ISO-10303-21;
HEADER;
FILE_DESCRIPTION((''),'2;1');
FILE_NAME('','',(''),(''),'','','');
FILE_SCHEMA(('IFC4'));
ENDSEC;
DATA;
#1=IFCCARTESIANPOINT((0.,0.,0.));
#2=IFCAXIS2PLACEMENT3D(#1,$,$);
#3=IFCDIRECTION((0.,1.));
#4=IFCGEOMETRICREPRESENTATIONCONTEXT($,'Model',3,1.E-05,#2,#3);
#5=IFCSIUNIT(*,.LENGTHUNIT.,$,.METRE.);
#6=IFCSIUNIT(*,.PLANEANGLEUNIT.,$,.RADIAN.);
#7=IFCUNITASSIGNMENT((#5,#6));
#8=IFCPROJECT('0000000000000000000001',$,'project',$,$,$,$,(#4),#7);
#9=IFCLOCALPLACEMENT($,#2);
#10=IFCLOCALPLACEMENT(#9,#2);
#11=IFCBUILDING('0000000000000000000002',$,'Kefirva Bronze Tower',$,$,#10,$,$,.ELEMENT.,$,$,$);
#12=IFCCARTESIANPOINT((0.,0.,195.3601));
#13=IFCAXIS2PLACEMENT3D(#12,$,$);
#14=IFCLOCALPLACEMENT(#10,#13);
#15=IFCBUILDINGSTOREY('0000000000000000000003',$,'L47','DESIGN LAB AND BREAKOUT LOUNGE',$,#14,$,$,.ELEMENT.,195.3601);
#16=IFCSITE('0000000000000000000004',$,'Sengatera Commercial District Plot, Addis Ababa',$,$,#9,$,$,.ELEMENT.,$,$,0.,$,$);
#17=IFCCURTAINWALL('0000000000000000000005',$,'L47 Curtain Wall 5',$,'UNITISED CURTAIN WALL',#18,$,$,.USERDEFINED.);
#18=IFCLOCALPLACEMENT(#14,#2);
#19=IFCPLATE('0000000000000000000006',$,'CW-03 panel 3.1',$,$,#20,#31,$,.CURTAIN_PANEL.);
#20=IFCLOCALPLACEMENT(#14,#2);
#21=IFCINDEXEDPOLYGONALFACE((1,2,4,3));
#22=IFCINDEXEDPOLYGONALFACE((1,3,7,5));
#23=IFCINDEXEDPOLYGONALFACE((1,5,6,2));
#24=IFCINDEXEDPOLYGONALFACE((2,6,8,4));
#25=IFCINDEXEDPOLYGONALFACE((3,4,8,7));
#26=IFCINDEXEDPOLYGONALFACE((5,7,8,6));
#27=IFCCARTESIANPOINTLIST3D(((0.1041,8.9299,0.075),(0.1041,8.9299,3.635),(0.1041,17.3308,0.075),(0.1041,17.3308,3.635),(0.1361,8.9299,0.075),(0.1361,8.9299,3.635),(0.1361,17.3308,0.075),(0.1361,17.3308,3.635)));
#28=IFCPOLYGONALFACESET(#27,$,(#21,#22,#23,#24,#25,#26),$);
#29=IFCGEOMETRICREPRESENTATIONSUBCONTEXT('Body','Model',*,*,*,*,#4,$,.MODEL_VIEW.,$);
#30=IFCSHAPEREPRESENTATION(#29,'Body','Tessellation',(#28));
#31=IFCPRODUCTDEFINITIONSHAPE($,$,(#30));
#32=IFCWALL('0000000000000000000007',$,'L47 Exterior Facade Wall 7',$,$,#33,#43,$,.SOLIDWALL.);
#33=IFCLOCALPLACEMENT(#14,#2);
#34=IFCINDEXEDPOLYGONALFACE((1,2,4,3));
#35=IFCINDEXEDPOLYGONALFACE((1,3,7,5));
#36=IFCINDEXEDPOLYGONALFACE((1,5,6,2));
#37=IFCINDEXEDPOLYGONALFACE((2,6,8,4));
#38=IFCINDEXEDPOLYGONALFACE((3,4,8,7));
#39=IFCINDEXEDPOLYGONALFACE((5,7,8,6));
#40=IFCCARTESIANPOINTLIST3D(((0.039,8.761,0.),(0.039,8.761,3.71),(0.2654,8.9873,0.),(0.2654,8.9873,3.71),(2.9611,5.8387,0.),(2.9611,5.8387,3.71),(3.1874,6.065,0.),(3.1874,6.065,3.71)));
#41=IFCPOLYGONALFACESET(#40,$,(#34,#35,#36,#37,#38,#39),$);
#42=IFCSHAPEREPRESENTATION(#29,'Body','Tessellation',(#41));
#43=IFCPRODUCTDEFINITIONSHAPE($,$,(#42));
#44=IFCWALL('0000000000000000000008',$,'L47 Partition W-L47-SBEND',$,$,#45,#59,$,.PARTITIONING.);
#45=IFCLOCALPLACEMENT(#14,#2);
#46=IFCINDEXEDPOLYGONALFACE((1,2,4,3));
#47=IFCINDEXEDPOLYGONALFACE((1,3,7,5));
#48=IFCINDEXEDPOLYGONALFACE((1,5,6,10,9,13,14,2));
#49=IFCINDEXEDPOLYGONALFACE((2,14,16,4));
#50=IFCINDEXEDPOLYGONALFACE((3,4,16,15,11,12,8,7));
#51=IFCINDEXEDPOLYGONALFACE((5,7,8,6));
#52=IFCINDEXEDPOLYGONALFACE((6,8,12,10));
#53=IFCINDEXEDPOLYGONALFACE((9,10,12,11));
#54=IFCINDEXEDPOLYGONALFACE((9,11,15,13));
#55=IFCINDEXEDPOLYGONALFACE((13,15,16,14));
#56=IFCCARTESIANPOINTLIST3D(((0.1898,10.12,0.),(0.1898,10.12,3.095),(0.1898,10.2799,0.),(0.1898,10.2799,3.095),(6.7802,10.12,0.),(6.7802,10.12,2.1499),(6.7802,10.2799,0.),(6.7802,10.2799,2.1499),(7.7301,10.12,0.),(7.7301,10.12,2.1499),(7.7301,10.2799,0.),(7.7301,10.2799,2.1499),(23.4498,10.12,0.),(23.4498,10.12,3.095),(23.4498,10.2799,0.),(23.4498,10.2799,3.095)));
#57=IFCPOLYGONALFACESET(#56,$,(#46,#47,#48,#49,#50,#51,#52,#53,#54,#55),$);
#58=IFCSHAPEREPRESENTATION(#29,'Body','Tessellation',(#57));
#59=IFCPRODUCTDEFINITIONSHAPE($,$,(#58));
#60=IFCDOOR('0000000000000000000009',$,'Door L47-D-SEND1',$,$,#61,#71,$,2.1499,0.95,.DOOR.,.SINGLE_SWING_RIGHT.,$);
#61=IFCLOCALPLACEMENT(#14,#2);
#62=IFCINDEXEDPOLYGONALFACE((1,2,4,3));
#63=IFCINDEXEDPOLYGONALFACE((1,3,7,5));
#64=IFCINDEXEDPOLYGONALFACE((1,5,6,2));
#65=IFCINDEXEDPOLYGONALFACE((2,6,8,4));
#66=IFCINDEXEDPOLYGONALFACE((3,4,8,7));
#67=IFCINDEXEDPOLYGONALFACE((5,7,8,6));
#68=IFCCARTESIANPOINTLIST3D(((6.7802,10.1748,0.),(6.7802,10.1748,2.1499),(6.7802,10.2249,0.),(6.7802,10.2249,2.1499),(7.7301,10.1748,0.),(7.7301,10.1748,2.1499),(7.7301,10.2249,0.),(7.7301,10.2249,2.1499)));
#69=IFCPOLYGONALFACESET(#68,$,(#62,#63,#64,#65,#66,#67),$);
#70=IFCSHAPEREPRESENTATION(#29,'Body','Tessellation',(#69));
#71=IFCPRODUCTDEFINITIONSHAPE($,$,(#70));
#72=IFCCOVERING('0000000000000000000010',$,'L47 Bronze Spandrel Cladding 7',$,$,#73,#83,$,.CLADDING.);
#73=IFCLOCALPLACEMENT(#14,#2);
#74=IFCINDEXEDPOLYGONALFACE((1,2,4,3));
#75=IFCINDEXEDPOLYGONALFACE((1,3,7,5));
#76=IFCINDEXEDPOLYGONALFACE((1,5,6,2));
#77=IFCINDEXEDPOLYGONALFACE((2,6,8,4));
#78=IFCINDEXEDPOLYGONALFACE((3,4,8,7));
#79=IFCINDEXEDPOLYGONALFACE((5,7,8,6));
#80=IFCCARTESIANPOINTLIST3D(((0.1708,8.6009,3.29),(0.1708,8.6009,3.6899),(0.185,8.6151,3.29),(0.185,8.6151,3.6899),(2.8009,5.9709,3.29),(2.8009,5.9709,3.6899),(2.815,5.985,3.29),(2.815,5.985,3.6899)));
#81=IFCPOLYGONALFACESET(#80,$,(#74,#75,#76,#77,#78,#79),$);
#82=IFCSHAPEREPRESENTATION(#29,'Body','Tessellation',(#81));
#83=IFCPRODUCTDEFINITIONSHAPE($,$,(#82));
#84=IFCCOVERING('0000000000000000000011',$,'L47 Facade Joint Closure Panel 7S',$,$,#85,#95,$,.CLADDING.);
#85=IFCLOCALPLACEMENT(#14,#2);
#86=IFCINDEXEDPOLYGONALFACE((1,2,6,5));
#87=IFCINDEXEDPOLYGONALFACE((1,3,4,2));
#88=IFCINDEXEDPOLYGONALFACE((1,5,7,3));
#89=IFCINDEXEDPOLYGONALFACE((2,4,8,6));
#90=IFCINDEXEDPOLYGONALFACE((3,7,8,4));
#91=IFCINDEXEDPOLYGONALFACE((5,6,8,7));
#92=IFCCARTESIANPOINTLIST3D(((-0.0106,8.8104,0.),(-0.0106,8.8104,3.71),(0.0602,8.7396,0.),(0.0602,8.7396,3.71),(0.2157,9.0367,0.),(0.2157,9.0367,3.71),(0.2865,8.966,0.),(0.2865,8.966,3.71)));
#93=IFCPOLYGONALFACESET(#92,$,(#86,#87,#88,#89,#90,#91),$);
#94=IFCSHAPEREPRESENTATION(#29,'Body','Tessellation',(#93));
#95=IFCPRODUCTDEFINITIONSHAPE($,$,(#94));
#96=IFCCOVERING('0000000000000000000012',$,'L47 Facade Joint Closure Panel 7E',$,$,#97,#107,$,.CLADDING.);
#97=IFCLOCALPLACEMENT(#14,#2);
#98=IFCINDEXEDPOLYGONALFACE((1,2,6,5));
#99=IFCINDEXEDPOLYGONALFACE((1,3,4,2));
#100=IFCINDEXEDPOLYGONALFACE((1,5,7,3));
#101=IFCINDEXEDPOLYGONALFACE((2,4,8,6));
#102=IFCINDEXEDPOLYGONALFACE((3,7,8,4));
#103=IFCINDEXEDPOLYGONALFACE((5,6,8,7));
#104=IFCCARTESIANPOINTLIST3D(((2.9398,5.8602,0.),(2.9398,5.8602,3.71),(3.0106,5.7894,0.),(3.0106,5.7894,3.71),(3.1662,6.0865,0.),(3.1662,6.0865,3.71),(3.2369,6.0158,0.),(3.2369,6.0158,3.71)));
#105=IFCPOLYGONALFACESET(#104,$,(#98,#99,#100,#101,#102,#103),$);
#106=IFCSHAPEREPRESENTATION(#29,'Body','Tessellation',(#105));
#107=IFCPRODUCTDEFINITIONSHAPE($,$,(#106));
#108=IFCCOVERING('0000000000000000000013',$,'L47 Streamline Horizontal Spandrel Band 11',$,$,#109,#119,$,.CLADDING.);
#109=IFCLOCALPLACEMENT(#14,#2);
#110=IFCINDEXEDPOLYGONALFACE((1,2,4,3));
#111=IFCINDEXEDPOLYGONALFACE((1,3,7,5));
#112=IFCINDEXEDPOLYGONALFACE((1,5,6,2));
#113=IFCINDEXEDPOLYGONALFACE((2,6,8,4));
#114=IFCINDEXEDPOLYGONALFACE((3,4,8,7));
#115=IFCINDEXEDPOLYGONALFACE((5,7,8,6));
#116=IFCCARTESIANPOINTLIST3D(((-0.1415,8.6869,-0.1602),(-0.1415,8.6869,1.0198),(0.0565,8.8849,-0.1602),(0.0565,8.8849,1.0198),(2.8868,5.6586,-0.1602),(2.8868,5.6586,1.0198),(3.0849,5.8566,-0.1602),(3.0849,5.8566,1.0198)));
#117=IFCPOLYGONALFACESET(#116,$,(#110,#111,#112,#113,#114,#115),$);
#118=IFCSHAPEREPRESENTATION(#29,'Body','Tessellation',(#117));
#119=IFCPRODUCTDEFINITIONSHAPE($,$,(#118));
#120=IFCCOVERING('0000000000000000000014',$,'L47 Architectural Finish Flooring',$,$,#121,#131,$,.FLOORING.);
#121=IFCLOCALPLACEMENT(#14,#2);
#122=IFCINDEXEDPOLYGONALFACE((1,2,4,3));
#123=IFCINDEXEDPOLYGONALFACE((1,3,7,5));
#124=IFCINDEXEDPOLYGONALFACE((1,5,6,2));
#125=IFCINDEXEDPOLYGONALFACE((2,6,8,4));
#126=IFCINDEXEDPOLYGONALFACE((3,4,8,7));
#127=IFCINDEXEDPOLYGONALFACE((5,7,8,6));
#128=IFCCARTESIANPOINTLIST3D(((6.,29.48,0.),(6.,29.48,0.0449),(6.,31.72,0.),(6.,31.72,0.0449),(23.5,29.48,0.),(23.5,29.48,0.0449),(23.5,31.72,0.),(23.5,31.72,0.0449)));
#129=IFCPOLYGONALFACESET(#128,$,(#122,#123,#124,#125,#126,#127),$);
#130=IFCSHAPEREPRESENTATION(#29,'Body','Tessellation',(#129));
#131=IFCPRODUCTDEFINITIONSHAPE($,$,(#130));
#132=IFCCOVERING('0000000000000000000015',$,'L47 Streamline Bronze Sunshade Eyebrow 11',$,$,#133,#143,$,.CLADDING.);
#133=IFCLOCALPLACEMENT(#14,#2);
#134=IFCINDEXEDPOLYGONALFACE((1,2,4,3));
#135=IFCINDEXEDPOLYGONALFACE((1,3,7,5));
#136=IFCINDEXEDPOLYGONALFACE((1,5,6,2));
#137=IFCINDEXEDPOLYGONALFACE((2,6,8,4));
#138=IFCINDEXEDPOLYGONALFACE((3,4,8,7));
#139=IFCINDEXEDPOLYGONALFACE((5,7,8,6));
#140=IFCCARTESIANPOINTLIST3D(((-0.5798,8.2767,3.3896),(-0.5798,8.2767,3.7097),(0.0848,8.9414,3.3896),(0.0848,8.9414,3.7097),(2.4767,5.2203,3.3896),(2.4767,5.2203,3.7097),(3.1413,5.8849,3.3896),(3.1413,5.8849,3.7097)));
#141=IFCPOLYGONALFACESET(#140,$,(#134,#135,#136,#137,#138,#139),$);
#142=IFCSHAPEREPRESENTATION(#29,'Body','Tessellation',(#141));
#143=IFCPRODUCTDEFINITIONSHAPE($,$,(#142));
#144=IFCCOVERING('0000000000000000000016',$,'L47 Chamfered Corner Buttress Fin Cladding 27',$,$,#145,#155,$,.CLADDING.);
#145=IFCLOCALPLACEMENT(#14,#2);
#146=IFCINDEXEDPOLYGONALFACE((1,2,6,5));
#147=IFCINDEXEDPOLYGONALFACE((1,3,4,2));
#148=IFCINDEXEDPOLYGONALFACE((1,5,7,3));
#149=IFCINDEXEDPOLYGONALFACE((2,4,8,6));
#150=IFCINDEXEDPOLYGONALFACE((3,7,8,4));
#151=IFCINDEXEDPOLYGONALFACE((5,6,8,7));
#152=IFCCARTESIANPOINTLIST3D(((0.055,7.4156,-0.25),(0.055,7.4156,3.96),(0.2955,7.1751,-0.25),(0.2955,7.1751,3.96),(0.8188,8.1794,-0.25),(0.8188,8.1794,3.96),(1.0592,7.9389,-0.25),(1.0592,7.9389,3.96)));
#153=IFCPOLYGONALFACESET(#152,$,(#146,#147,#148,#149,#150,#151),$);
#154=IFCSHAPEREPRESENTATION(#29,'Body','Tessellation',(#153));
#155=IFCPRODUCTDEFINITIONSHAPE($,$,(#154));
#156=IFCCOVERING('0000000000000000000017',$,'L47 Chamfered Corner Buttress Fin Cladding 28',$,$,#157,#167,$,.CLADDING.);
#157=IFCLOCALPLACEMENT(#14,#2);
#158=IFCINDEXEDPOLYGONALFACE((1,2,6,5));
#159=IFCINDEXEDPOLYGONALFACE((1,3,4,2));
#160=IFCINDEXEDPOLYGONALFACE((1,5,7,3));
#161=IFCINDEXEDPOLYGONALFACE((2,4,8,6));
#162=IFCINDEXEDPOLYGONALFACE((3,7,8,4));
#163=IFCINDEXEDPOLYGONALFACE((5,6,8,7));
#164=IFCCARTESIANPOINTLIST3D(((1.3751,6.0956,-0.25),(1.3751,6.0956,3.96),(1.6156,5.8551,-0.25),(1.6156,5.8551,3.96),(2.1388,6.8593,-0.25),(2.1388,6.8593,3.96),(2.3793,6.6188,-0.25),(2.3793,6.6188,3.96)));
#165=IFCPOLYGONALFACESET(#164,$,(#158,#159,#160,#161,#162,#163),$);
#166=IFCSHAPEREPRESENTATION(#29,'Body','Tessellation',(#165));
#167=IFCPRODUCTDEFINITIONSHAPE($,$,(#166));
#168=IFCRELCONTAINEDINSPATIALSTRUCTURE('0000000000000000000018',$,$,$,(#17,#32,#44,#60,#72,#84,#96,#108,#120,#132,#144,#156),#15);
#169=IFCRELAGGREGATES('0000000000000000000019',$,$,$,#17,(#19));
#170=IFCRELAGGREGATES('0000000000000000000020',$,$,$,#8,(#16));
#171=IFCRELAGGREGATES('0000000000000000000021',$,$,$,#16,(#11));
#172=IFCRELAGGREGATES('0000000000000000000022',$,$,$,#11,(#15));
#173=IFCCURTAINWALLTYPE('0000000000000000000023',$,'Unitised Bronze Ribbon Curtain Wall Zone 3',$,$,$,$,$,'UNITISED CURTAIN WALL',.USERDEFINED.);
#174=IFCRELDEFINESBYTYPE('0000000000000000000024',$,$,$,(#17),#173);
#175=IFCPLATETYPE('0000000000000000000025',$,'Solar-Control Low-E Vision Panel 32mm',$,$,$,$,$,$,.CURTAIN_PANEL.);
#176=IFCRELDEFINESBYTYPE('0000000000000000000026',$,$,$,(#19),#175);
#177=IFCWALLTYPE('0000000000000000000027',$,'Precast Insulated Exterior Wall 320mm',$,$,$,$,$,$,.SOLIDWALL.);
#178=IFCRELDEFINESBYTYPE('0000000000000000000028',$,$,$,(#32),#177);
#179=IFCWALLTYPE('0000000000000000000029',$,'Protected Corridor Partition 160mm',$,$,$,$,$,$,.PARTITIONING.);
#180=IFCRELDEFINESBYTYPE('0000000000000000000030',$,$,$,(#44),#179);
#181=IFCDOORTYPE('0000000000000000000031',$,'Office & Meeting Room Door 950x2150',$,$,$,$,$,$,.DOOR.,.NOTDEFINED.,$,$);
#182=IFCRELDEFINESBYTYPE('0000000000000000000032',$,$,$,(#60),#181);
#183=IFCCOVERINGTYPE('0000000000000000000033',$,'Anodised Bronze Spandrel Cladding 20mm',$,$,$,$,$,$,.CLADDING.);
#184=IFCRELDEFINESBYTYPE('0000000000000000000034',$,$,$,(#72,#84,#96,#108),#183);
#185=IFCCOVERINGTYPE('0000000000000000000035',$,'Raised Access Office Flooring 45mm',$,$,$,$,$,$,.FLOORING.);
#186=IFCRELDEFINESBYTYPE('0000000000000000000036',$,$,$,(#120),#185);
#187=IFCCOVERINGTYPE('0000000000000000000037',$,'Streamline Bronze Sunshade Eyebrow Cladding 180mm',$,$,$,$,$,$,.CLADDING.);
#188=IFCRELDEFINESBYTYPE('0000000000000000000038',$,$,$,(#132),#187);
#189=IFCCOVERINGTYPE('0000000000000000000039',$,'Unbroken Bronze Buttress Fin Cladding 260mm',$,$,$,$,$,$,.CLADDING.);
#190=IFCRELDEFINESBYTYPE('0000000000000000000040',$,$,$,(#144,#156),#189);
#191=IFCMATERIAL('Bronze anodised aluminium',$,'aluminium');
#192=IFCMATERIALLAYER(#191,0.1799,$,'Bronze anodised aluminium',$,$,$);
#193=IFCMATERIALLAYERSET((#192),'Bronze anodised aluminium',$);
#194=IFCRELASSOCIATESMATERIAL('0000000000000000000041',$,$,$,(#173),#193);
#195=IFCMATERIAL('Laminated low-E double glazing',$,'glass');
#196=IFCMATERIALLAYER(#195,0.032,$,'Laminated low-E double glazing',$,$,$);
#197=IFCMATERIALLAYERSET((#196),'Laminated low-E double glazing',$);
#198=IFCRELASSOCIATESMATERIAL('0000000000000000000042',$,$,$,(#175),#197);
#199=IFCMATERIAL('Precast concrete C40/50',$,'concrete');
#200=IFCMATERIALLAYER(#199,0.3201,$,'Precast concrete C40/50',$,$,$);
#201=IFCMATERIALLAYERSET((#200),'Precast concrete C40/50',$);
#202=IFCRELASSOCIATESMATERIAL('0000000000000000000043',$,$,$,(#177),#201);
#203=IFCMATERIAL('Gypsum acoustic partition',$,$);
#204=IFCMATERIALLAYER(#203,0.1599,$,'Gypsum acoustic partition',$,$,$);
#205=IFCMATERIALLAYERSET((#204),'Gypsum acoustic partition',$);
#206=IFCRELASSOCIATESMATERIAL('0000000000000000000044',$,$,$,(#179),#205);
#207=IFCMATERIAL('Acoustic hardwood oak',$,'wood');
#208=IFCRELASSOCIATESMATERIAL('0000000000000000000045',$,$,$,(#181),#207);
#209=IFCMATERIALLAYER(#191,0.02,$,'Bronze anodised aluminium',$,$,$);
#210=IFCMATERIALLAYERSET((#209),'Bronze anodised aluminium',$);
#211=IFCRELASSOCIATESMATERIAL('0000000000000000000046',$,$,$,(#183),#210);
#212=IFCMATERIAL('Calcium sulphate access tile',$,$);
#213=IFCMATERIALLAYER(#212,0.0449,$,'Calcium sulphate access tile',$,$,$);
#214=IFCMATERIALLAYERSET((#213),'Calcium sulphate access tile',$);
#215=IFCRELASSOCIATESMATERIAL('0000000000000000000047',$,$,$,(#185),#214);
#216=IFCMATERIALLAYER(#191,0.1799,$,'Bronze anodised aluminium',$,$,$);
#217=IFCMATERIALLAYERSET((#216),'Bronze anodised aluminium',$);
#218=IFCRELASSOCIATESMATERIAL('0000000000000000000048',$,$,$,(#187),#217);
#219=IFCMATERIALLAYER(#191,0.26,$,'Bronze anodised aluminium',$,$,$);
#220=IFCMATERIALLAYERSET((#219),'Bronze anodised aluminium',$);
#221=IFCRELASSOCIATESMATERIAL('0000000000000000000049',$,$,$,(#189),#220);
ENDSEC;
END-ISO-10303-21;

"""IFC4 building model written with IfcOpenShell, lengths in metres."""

from ifc_helpers import new_model, si_unit, direction, frame, frame_2d, origin, origin_2d, place, context, subcontext, project, spatial, polyline, rectangle, outline, extrude, material, layer, layer_set, type_object, element, fill, aggregate, save


model = new_model("IFC4")

# Units and contexts
model_context = context("Model", 3, precision=1e-05, world=origin(), true_north=direction((0.0, 1.0)))
body_context = subcontext(model_context, "Body", "Model", "MODEL_VIEW")
ifc_project = project(units=[si_unit("LENGTHUNIT", "METRE"), si_unit("PLANEANGLEUNIT", "RADIAN")], contexts=[model_context])

# Site, building, storey
site_placement = place(None, origin())
site = spatial("IfcSite", under=ifc_project, at=site_placement, Name="Sengatera Commercial District Plot, Addis Ababa", CompositionType="ELEMENT", RefElevation=0.0)
building_placement = place(site_placement, origin())
building = spatial("IfcBuilding", under=site, at=building_placement, Name="Kefirva Bronze Tower", CompositionType="ELEMENT")
storey_placement = place(building_placement, frame((0.0, 0.0, 195.3601)))
storey = spatial("IfcBuildingStorey", under=building, at=storey_placement, Name="L47", Description="DESIGN LAB AND BREAKOUT LOUNGE", CompositionType="ELEMENT", Elevation=195.3601)

# Curtain wall
ifc_material_1 = material(Name="Bronze anodised aluminium", Category="aluminium")
ifc_layer_1 = layer(ifc_material_1, 0.1799, Name="Bronze anodised aluminium")
ifc_layer_set_1 = layer_set([ifc_layer_1], Name="Bronze anodised aluminium")
curtain_wall_type = type_object("IfcCurtainWallType", Name="Unitised Bronze Ribbon Curtain Wall Zone 3", ElementType="UNITISED CURTAIN WALL", PredefinedType="USERDEFINED", material=ifc_layer_set_1)
curtain_wall_1_placement = place(storey_placement, origin())
curtain_wall_1 = element("IfcCurtainWall", 1, at=curtain_wall_1_placement, inside=storey, type_object=curtain_wall_type, Name="L47 Curtain Wall 5", ObjectType="UNITISED CURTAIN WALL", PredefinedType="USERDEFINED")

# Plate
ifc_material_2 = material(Name="Laminated low-E double glazing", Category="glass")
ifc_layer_2 = layer(ifc_material_2, 0.032, Name="Laminated low-E double glazing")
ifc_layer_set_2 = layer_set([ifc_layer_2], Name="Laminated low-E double glazing")
plate_type = type_object("IfcPlateType", Name="Solar-Control Low-E Vision Panel 32mm", PredefinedType="CURTAIN_PANEL", material=ifc_layer_set_2)
plate_placement = place(storey_placement, frame((0.1201, 13.1304, 0.075), z_axis=(0.0, 0.0, 1.0), x_axis=(0.0, -1.0, 0.0)))
plate = element("IfcPlate", 2, at=plate_placement, type_object=plate_type, Name="CW-03 panel 3.1", PredefinedType="CURTAIN_PANEL", context=body_context, shape_type="SweptSolid", body=[
    extrude(rectangle(XDim=8.4009, YDim=0.032, at=origin_2d()), origin(), (0.0, 0.0, 1.0), 3.5601),
])
aggregate(curtain_wall_1, [plate])

# Wall
ifc_material_3 = material(Name="Precast concrete C40/50", Category="concrete")
ifc_layer_3 = layer(ifc_material_3, 0.3201, Name="Precast concrete C40/50")
ifc_layer_set_3 = layer_set([ifc_layer_3], Name="Precast concrete C40/50")
wall_type_1 = type_object("IfcWallType", Name="Precast Insulated Exterior Wall 320mm", PredefinedType="SOLIDWALL", material=ifc_layer_set_3)
wall_1_placement = place(storey_placement, frame((0.1521, 8.8743, 0.0), z_axis=(0.0, 0.0, 1.0), x_axis=(0.707077, -0.707136, 0.0)))
element("IfcWall", 3, at=wall_1_placement, inside=storey, type_object=wall_type_1, Name="L47 Exterior Facade Wall 7", PredefinedType="SOLIDWALL", context=body_context, shape_type="SweptSolid", body=[
    extrude(rectangle(XDim=4.1326, YDim=0.3201, at=frame_2d((2.0664, 0.0))), origin(), (0.0, 0.0, 1.0), 3.71),
])

# Wall, opening, door
ifc_material_4 = material(Name="Gypsum acoustic partition")
ifc_layer_4 = layer(ifc_material_4, 0.1599, Name="Gypsum acoustic partition")
ifc_layer_set_4 = layer_set([ifc_layer_4], Name="Gypsum acoustic partition")
wall_type_2 = type_object("IfcWallType", Name="Protected Corridor Partition 160mm", PredefinedType="PARTITIONING", material=ifc_layer_set_4)
wall_2_placement = place(storey_placement, frame((0.1899, 10.2, 0.0), z_axis=(0.0, 0.0, 1.0), x_axis=(1.0, 0.0, 0.0)))
wall_2 = element("IfcWall", 4, at=wall_2_placement, inside=storey, type_object=wall_type_2, Name="L47 Partition W-L47-SBEND", PredefinedType="PARTITIONING", context=body_context, shape_type="SweptSolid", body=[
    extrude(rectangle(XDim=23.26, YDim=0.1599, at=frame_2d((11.6299, 0.0))), origin(), (0.0, 0.0, 1.0), 3.095),
])
opening_placement = place(wall_2_placement, frame((6.5901, 0.0, 0.0)))
opening = element("IfcOpeningElement", 5, at=opening_placement, cuts=wall_2, PredefinedType="OPENING", context=body_context, shape_type="SweptSolid", body=[
    extrude(rectangle(XDim=0.95, YDim=2.1499, at=frame_2d((0.4751, 1.075))), frame((0.0, 0.0898, 0.0), z_axis=(0.0, -1.0, 0.0), x_axis=(1.0, 0.0, 0.0)), (0.0, 0.0, 1.0), 0.1799),
])
ifc_material_5 = material(Name="Acoustic hardwood oak", Category="wood")
door_type = type_object("IfcDoorType", Name="Office & Meeting Room Door 950x2150", OperationType="NOTDEFINED", PredefinedType="DOOR", material=ifc_material_5)
door_placement = place(opening_placement, origin())
door = element("IfcDoor", 6, at=door_placement, inside=storey, type_object=door_type, Name="Door L47-D-SEND1", OperationType="SINGLE_SWING_RIGHT", OverallHeight=2.1499, OverallWidth=0.95, PredefinedType="DOOR", context=body_context, shape_type="SweptSolid", body=[
    extrude(rectangle(XDim=0.95, YDim=2.1499, at=frame_2d((0.4751, 1.075))), frame((0.0, 0.0249, 0.0), z_axis=(0.0, -1.0, 0.0), x_axis=(1.0, 0.0, 0.0)), (0.0, 0.0, 1.0), 0.05),
])
fill(opening, door)

# Coverings
ifc_layer_5 = layer(ifc_material_1, 0.02, Name="Bronze anodised aluminium")
ifc_layer_set_5 = layer_set([ifc_layer_5], Name="Bronze anodised aluminium")
covering_type_1 = type_object("IfcCoveringType", Name="Anodised Bronze Spandrel Cladding 20mm", PredefinedType="CLADDING", material=ifc_layer_set_5)
covering_1_placement = place(storey_placement, frame((1.4929, 7.293, 3.29), z_axis=(0.0, 0.0, 1.0), x_axis=(0.707107, -0.707107, 0.0)))
element("IfcCovering", 7, at=covering_1_placement, inside=storey, type_object=covering_type_1, Name="L47 Bronze Spandrel Cladding 7", PredefinedType="CLADDING", context=body_context, shape_type="SweptSolid", body=[
    extrude(rectangle(XDim=3.7195, YDim=0.02, at=origin_2d()), origin(), (0.0, 0.0, 1.0), 0.3999),
])
for number, where, z_axis, x_axis, name in (
    (8, (0.1379, 8.8882, 0.0), (0.0, 0.0, 1.0), (0.707107, -0.707107, 0.0), "L47 Facade Joint Closure Panel 7S"),
    (9, (3.0884, 5.938, 0.0), (0.0, 0.0, 1.0), (0.707107, -0.707107, 0.0), "L47 Facade Joint Closure Panel 7E"),
):
    element("IfcCovering", number, at=place(storey_placement, frame(where, z_axis=z_axis, x_axis=x_axis)), inside=storey, type_object=covering_type_1, Name=name, PredefinedType="CLADDING", context=body_context, shape_type="SweptSolid", body=[
        extrude(rectangle(XDim=0.1001, YDim=0.3201, at=origin_2d()), origin(), (0.0, 0.0, 1.0), 3.71),
    ])
covering_2_placement = place(storey_placement, frame((1.4717, 7.2717, -0.1602), z_axis=(0.0, 0.0, 1.0), x_axis=(0.707107, -0.707107, 0.0)))
element("IfcCovering", 10, at=covering_2_placement, inside=storey, type_object=covering_type_1, Name="L47 Streamline Horizontal Spandrel Band 11", PredefinedType="CLADDING", context=body_context, shape_type="SweptSolid", body=[
    extrude(rectangle(XDim=4.2827, YDim=0.28, at=origin_2d()), origin(), (0.0, 0.0, 1.0), 1.1799),
])
ifc_material_6 = material(Name="Calcium sulphate access tile")
ifc_layer_6 = layer(ifc_material_6, 0.0449, Name="Calcium sulphate access tile")
ifc_layer_set_6 = layer_set([ifc_layer_6], Name="Calcium sulphate access tile")
covering_type_2 = type_object("IfcCoveringType", Name="Raised Access Office Flooring 45mm", PredefinedType="FLOORING", material=ifc_layer_set_6)
covering_3_placement = place(storey_placement, origin())
element("IfcCovering", 11, at=covering_3_placement, inside=storey, type_object=covering_type_2, Name="L47 Architectural Finish Flooring", PredefinedType="FLOORING", context=body_context, shape_type="SweptSolid", body=[
    extrude(outline(polyline([(6.0, 29.48), (23.5, 29.48), (23.5, 31.72), (6.0, 31.72), (6.0, 29.48)])), origin(), (0.0, 0.0, 1.0), 0.0449),
])
ifc_layer_7 = layer(ifc_material_1, 0.1799, Name="Bronze anodised aluminium")
ifc_layer_set_7 = layer_set([ifc_layer_7], Name="Bronze anodised aluminium")
covering_type_3 = type_object("IfcCoveringType", Name="Streamline Bronze Sunshade Eyebrow Cladding 180mm", PredefinedType="CLADDING", material=ifc_layer_set_7)
covering_4_placement = place(storey_placement, frame((1.2808, 7.0808, 3.3896), z_axis=(0.0, 0.0, 1.0), x_axis=(0.707107, -0.707107, 0.0)))
element("IfcCovering", 12, at=covering_4_placement, inside=storey, type_object=covering_type_3, Name="L47 Streamline Bronze Sunshade Eyebrow 11", PredefinedType="CLADDING", context=body_context, shape_type="SweptSolid", body=[
    extrude(rectangle(XDim=4.3225, YDim=0.9399, at=origin_2d()), origin(), (0.0, 0.0, 1.0), 0.3201),
])
ifc_layer_8 = layer(ifc_material_1, 0.26, Name="Bronze anodised aluminium")
ifc_layer_set_8 = layer_set([ifc_layer_8], Name="Bronze anodised aluminium")
covering_type_4 = type_object("IfcCoveringType", Name="Unbroken Bronze Buttress Fin Cladding 260mm", PredefinedType="CLADDING", material=ifc_layer_set_8)
for number, where, z_axis, x_axis, name in (
    (13, (0.5571, 7.6772, -0.25), (0.0, 0.0, 1.0), (0.707107, -0.707107, 0.0), "L47 Chamfered Corner Buttress Fin Cladding 27"),
    (14, (1.8772, 6.3572, -0.25), (0.0, 0.0, 1.0), (0.707107, -0.707107, 0.0), "L47 Chamfered Corner Buttress Fin Cladding 28"),
):
    element("IfcCovering", number, at=place(storey_placement, frame(where, z_axis=z_axis, x_axis=x_axis)), inside=storey, type_object=covering_type_4, Name=name, PredefinedType="CLADDING", context=body_context, shape_type="SweptSolid", body=[
        extrude(rectangle(XDim=0.3401, YDim=1.0801, at=origin_2d()), origin(), (0.0, 0.0, 1.0), 4.21),
    ])

save(model, "model.ifc")
